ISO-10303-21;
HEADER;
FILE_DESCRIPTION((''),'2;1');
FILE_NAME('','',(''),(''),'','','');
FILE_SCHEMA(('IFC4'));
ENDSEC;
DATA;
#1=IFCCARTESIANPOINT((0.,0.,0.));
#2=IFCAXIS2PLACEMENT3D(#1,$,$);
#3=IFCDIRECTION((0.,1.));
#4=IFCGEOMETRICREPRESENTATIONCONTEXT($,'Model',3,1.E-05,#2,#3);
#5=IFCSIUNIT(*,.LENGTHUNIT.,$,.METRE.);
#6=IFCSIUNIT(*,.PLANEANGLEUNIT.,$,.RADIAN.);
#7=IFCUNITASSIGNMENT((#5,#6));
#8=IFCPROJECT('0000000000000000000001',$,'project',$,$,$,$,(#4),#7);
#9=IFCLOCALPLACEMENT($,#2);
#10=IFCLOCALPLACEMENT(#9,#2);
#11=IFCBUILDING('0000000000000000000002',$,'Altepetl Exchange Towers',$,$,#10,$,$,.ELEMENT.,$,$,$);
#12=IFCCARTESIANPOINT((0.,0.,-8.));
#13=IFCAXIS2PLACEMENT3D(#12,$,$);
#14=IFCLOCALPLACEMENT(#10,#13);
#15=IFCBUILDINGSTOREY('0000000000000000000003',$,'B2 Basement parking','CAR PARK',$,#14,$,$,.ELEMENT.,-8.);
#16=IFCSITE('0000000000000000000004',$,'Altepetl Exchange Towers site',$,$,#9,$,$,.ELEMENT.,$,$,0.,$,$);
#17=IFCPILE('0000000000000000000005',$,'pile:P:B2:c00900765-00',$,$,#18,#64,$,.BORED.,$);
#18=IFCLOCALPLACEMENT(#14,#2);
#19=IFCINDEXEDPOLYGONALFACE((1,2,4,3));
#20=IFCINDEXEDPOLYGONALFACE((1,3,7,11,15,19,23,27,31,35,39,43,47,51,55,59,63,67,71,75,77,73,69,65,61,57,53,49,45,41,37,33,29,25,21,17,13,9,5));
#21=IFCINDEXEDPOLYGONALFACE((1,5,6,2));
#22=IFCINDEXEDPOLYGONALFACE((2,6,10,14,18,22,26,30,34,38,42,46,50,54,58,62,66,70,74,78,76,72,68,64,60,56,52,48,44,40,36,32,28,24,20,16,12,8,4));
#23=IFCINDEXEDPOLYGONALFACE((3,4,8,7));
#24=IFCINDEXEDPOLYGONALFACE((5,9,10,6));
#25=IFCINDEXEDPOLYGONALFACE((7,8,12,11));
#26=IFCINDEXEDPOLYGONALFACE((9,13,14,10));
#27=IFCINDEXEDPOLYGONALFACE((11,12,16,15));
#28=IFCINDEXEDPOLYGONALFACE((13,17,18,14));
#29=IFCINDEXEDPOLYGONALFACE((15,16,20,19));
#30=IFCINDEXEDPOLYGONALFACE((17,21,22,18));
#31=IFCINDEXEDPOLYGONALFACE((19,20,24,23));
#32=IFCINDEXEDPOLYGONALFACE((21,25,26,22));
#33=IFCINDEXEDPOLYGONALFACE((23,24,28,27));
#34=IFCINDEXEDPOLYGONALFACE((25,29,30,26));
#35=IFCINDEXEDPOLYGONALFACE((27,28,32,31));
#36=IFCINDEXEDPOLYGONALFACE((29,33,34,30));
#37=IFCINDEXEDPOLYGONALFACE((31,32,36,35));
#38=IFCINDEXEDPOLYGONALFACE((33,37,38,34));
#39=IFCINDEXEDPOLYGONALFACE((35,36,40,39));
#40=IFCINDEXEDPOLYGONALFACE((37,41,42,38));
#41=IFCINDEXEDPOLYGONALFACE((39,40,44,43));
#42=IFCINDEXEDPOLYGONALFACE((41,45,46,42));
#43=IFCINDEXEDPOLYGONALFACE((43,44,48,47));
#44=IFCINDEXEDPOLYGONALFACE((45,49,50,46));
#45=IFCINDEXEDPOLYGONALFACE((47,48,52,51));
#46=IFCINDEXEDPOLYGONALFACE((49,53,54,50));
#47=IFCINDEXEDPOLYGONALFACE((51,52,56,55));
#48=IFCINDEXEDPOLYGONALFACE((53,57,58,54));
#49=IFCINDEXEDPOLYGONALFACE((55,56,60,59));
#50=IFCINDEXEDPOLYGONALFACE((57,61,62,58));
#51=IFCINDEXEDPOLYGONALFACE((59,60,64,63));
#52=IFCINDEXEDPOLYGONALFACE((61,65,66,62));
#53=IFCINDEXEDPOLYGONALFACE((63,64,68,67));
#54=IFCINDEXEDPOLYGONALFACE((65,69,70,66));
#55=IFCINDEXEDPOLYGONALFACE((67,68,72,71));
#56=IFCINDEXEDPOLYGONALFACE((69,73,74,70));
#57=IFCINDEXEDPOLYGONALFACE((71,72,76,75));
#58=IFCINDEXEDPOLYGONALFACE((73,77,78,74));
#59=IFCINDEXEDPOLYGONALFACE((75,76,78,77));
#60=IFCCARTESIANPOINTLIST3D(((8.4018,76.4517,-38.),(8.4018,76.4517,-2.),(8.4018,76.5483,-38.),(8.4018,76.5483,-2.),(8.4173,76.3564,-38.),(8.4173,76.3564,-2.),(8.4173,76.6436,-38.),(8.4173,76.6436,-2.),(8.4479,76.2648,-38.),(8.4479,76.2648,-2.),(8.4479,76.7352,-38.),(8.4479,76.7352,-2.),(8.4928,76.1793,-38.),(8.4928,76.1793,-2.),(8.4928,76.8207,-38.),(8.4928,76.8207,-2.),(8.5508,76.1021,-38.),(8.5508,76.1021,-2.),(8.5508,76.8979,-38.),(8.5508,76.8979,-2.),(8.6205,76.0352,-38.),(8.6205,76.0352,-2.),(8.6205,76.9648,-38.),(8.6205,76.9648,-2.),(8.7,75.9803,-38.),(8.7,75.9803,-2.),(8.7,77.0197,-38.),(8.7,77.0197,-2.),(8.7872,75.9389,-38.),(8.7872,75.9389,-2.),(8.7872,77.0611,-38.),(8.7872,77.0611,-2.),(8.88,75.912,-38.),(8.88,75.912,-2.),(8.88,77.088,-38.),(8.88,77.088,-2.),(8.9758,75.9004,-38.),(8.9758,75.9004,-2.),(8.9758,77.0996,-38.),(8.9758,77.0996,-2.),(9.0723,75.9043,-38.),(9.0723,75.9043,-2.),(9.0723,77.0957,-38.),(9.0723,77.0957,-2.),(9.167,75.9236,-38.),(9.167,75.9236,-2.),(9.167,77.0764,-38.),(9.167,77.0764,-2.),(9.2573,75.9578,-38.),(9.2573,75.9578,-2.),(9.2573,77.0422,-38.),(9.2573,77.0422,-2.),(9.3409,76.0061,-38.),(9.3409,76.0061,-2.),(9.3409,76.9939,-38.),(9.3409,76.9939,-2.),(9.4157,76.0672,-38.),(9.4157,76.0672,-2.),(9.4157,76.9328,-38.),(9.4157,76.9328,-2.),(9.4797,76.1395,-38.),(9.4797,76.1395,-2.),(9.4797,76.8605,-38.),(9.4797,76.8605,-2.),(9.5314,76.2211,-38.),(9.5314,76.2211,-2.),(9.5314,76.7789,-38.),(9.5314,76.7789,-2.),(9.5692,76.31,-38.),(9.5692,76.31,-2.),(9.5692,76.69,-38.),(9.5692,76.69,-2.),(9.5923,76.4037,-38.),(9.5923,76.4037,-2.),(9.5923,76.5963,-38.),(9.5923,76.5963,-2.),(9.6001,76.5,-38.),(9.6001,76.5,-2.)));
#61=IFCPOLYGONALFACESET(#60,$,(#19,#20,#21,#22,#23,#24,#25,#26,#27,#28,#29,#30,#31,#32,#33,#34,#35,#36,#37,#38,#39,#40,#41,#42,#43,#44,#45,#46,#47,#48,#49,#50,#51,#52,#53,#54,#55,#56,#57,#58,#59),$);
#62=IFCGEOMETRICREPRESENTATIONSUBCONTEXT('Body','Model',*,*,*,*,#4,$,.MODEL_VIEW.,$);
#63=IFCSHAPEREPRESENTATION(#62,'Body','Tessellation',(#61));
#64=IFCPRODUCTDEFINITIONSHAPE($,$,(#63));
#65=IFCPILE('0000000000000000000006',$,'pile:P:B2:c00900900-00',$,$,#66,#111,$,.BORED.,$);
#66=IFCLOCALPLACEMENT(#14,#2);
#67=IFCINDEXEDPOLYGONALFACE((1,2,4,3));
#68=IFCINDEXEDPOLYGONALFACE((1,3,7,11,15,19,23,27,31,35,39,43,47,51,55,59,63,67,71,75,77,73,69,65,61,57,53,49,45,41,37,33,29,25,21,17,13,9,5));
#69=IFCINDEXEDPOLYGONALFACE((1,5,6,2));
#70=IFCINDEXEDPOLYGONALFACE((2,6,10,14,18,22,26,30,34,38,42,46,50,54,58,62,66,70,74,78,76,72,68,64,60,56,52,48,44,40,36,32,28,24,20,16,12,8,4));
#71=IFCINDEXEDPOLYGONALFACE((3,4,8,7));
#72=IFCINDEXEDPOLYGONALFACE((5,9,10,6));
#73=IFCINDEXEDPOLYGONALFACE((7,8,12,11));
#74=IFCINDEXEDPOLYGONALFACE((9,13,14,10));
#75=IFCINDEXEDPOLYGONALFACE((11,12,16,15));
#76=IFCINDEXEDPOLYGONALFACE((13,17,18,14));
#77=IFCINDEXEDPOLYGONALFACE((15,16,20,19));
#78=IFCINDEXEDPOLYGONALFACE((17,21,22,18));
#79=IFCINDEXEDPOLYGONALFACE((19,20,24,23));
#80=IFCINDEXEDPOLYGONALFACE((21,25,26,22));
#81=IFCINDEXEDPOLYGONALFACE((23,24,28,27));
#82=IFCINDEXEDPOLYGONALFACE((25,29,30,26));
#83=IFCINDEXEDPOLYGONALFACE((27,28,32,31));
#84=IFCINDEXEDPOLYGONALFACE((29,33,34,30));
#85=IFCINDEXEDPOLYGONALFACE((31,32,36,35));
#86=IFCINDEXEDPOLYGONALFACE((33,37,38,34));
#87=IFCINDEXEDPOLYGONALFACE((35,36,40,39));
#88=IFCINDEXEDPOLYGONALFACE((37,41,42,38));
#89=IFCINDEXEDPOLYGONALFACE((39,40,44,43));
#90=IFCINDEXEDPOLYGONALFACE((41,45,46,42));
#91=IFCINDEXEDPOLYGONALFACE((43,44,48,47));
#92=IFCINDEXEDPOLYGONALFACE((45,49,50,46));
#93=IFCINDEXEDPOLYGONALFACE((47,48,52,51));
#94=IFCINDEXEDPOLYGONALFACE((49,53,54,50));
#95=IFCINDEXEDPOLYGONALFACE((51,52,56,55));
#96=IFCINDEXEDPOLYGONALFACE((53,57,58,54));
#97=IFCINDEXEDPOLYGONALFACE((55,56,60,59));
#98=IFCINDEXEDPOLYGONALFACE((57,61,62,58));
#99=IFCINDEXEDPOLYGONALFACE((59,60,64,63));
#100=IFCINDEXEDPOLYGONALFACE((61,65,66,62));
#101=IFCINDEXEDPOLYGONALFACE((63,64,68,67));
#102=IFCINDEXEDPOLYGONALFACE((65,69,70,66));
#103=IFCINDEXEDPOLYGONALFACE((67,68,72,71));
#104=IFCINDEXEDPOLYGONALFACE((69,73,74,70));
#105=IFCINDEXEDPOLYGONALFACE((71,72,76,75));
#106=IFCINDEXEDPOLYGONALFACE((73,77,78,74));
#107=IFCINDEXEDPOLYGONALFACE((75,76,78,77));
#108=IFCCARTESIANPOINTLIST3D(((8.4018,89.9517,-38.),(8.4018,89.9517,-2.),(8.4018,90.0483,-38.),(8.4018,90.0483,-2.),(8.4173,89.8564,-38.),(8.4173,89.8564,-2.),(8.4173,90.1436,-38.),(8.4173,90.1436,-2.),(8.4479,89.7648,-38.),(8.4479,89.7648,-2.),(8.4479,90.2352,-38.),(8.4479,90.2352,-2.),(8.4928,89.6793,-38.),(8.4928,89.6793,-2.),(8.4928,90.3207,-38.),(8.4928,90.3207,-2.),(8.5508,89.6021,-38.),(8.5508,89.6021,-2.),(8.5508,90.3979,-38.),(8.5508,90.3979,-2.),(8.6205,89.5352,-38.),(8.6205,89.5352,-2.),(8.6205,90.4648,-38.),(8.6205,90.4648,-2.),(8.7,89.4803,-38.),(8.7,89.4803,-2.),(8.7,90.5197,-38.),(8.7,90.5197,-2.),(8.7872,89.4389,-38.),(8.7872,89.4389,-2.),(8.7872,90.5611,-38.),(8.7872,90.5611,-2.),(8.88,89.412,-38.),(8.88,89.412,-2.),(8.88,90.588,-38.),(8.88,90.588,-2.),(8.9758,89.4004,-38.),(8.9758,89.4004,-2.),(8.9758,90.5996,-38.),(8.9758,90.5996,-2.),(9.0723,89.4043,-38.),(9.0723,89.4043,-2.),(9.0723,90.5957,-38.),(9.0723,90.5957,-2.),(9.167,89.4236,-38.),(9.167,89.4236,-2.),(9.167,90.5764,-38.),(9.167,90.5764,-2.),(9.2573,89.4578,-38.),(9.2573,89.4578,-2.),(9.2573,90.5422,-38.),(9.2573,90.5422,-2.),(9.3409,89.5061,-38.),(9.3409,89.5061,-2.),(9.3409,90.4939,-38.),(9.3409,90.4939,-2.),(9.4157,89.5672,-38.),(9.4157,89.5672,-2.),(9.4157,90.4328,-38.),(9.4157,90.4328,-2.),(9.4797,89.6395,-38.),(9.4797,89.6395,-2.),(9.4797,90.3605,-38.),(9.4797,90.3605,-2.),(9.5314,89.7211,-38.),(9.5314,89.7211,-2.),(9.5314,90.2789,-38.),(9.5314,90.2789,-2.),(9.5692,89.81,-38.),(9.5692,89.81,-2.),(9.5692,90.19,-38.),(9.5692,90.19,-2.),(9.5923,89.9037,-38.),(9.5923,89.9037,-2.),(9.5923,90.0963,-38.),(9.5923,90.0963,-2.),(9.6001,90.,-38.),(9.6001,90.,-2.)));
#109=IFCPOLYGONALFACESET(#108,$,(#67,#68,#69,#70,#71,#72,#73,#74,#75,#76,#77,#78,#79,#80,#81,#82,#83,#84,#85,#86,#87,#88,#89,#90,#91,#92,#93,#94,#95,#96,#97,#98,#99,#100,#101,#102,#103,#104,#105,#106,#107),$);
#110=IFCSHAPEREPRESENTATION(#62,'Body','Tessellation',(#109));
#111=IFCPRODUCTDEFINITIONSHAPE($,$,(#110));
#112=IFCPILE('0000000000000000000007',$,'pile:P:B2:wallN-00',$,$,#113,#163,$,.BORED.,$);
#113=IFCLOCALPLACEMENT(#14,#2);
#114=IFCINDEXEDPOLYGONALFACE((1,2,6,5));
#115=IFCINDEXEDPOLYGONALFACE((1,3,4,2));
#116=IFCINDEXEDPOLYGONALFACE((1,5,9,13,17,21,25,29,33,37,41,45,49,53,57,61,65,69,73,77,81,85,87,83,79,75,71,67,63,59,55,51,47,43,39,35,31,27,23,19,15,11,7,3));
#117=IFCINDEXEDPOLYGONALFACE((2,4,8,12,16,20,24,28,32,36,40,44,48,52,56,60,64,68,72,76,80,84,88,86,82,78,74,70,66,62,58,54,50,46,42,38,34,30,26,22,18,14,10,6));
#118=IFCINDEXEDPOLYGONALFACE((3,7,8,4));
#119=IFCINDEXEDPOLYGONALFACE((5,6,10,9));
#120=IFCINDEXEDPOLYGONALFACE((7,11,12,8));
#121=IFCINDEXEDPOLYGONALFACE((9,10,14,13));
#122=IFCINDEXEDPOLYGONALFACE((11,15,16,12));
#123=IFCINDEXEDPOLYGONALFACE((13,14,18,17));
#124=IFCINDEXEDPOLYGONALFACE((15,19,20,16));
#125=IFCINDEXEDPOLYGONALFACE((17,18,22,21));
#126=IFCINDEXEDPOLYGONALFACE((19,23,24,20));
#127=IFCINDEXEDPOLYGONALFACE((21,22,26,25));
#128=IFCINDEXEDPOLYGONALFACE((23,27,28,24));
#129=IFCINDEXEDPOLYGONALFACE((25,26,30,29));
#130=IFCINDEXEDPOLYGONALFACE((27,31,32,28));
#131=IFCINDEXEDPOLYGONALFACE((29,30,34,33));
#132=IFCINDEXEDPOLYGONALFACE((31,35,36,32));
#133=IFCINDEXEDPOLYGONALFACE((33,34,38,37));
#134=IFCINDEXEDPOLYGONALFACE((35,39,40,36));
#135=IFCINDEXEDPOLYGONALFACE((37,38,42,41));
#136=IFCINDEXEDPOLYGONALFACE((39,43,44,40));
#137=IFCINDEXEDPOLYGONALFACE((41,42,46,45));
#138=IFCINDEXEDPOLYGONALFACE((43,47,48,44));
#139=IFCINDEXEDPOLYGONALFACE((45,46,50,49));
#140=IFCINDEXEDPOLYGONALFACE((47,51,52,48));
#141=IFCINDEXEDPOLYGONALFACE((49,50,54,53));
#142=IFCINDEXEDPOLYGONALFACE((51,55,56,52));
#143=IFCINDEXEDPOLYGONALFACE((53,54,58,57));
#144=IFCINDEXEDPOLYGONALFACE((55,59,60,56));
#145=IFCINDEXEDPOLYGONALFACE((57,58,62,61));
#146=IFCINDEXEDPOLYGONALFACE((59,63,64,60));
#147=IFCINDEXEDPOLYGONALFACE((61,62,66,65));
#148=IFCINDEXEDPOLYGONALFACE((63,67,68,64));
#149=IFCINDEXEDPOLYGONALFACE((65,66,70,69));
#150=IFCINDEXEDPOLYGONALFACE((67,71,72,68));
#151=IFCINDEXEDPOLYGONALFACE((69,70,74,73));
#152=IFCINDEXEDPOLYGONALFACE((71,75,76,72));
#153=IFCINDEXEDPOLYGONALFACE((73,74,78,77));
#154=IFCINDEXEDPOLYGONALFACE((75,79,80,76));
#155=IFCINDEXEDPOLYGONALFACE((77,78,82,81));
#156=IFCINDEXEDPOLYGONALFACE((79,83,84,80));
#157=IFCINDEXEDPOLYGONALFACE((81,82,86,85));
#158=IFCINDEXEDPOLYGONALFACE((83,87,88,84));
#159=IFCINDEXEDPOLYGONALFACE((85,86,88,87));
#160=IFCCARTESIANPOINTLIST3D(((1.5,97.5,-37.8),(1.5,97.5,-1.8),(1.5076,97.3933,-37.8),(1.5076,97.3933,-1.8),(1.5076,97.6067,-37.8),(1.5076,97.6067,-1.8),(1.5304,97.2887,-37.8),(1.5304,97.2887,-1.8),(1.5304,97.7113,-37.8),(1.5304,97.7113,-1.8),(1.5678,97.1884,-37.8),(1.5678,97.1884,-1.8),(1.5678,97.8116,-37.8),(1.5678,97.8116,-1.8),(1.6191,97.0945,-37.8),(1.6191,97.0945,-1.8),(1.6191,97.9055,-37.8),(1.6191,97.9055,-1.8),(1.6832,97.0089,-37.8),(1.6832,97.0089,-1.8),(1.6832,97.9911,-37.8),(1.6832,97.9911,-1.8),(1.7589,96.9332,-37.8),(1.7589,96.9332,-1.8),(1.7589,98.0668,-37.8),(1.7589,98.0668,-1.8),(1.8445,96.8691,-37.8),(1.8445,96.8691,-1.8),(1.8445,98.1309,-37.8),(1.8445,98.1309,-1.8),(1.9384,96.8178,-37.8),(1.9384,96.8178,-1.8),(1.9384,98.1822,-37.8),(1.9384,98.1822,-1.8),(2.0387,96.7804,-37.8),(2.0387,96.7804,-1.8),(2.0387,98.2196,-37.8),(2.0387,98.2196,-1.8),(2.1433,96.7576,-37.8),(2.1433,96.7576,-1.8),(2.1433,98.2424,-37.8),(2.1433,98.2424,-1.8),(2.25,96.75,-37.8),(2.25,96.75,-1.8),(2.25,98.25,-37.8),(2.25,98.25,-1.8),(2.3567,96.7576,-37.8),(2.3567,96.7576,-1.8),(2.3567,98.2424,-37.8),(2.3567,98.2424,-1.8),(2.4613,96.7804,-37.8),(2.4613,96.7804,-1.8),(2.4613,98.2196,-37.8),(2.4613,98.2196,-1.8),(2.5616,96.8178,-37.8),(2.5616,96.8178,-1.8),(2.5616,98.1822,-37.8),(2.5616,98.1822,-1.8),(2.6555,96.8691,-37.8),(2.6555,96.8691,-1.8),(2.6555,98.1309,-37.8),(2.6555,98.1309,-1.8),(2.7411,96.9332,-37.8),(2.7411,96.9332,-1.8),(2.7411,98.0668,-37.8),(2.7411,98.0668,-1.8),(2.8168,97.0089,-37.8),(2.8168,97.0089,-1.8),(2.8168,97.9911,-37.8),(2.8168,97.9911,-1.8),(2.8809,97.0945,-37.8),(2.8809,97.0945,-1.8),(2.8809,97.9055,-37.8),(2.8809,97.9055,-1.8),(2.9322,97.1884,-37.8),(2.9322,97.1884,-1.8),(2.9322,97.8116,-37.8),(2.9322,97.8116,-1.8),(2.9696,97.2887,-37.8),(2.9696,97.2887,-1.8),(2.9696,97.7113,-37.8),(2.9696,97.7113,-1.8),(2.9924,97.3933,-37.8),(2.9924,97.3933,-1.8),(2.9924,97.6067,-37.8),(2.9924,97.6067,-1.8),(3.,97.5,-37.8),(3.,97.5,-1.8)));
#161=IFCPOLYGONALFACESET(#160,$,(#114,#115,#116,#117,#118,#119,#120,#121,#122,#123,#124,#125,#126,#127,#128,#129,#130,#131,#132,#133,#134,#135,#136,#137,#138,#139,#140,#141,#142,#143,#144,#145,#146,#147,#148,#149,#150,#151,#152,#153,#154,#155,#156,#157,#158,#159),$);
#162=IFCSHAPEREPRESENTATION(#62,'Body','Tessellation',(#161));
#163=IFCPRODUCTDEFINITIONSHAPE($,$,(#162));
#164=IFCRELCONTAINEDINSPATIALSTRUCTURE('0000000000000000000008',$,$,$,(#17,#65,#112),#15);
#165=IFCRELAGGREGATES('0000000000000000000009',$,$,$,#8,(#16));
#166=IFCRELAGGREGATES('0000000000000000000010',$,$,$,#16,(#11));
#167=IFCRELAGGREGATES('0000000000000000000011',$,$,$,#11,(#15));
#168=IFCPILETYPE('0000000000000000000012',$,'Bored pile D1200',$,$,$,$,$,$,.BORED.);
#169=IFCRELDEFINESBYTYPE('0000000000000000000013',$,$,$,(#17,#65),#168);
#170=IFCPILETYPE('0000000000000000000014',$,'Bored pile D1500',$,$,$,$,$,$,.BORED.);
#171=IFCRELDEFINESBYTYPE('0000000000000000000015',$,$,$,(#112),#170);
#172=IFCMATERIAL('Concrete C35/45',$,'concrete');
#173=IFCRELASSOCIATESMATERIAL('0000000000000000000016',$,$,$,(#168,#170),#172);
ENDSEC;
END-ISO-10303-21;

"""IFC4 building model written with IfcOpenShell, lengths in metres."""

from ifc_helpers import new_model, si_unit, direction, frame, origin, origin_2d, place, context, subcontext, project, spatial, circle, extrude, material, material_profile, profile_set, type_object, element, save


model = new_model("IFC4")

# Units and contexts
model_context = context("Model", 3, precision=1e-05, world=origin(), true_north=direction((0.0, 1.0)))
body_context = subcontext(model_context, "Body", "Model", "MODEL_VIEW")
ifc_project = project(units=[si_unit("LENGTHUNIT", "METRE"), si_unit("PLANEANGLEUNIT", "RADIAN")], contexts=[model_context])

# Site, building, storey
site_placement = place(None, origin())
site = spatial("IfcSite", under=ifc_project, at=site_placement, Name="Altepetl Exchange Towers site", CompositionType="ELEMENT", RefElevation=0.0)
building_placement = place(site_placement, origin())
building = spatial("IfcBuilding", under=site, at=building_placement, Name="Altepetl Exchange Towers", CompositionType="ELEMENT")
storey_placement = place(building_placement, frame((0.0, 0.0, -8.0)))
storey = spatial("IfcBuildingStorey", under=building, at=storey_placement, Name="B2 Basement parking", Description="CAR PARK", CompositionType="ELEMENT", Elevation=-8.0)

# Piles
ifc_material_1 = material(Name="Concrete C35/45", Category="concrete")
ifc_material_profile_1 = material_profile(ifc_material_1, circle(Radius=0.6001, at=origin_2d()), Name="D1200")
ifc_profile_set_1 = profile_set([ifc_material_profile_1], Name="Concrete C35/45")
pile_type_1 = type_object("IfcPileType", Name="Bored pile D1200", PredefinedType="BORED", material=ifc_profile_set_1)
for number, where, z_axis, x_axis, name in (
    (1, (9.0, 76.5, -2.0), (0.0, 0.0, -1.0), (1.0, 0.0, 0.0), "pile:P:B2:c00900765-00"),
    (2, (9.0, 90.0, -2.0), (0.0, 0.0, -1.0), (1.0, 0.0, 0.0), "pile:P:B2:c00900900-00"),
):
    element("IfcPile", number, at=place(storey_placement, frame(where, z_axis=z_axis, x_axis=x_axis)), inside=storey, type_object=pile_type_1, Name=name, PredefinedType="BORED", context=body_context, shape_type="SweptSolid", body=[
        extrude(circle(Radius=0.6001, at=origin_2d()), origin(), (0.0, 0.0, 1.0), 36.0),
    ])
ifc_material_profile_2 = material_profile(ifc_material_1, circle(Radius=0.75, at=origin_2d()), Name="D1500")
ifc_profile_set_2 = profile_set([ifc_material_profile_2], Name="Concrete C35/45")
pile_type_2 = type_object("IfcPileType", Name="Bored pile D1500", PredefinedType="BORED", material=ifc_profile_set_2)
for number, where, z_axis, x_axis, name in (
    (3, (2.25, 97.5, -1.8), (0.0, 0.0, -1.0), (1.0, 0.0, 0.0), "pile:P:B2:wallN-00"),
):
    element("IfcPile", number, at=place(storey_placement, frame(where, z_axis=z_axis, x_axis=x_axis)), inside=storey, type_object=pile_type_2, Name=name, PredefinedType="BORED", context=body_context, shape_type="SweptSolid", body=[
        extrude(circle(Radius=0.75, at=origin_2d()), origin(), (0.0, 0.0, 1.0), 36.0),
    ])

save(model, "model.ifc")
